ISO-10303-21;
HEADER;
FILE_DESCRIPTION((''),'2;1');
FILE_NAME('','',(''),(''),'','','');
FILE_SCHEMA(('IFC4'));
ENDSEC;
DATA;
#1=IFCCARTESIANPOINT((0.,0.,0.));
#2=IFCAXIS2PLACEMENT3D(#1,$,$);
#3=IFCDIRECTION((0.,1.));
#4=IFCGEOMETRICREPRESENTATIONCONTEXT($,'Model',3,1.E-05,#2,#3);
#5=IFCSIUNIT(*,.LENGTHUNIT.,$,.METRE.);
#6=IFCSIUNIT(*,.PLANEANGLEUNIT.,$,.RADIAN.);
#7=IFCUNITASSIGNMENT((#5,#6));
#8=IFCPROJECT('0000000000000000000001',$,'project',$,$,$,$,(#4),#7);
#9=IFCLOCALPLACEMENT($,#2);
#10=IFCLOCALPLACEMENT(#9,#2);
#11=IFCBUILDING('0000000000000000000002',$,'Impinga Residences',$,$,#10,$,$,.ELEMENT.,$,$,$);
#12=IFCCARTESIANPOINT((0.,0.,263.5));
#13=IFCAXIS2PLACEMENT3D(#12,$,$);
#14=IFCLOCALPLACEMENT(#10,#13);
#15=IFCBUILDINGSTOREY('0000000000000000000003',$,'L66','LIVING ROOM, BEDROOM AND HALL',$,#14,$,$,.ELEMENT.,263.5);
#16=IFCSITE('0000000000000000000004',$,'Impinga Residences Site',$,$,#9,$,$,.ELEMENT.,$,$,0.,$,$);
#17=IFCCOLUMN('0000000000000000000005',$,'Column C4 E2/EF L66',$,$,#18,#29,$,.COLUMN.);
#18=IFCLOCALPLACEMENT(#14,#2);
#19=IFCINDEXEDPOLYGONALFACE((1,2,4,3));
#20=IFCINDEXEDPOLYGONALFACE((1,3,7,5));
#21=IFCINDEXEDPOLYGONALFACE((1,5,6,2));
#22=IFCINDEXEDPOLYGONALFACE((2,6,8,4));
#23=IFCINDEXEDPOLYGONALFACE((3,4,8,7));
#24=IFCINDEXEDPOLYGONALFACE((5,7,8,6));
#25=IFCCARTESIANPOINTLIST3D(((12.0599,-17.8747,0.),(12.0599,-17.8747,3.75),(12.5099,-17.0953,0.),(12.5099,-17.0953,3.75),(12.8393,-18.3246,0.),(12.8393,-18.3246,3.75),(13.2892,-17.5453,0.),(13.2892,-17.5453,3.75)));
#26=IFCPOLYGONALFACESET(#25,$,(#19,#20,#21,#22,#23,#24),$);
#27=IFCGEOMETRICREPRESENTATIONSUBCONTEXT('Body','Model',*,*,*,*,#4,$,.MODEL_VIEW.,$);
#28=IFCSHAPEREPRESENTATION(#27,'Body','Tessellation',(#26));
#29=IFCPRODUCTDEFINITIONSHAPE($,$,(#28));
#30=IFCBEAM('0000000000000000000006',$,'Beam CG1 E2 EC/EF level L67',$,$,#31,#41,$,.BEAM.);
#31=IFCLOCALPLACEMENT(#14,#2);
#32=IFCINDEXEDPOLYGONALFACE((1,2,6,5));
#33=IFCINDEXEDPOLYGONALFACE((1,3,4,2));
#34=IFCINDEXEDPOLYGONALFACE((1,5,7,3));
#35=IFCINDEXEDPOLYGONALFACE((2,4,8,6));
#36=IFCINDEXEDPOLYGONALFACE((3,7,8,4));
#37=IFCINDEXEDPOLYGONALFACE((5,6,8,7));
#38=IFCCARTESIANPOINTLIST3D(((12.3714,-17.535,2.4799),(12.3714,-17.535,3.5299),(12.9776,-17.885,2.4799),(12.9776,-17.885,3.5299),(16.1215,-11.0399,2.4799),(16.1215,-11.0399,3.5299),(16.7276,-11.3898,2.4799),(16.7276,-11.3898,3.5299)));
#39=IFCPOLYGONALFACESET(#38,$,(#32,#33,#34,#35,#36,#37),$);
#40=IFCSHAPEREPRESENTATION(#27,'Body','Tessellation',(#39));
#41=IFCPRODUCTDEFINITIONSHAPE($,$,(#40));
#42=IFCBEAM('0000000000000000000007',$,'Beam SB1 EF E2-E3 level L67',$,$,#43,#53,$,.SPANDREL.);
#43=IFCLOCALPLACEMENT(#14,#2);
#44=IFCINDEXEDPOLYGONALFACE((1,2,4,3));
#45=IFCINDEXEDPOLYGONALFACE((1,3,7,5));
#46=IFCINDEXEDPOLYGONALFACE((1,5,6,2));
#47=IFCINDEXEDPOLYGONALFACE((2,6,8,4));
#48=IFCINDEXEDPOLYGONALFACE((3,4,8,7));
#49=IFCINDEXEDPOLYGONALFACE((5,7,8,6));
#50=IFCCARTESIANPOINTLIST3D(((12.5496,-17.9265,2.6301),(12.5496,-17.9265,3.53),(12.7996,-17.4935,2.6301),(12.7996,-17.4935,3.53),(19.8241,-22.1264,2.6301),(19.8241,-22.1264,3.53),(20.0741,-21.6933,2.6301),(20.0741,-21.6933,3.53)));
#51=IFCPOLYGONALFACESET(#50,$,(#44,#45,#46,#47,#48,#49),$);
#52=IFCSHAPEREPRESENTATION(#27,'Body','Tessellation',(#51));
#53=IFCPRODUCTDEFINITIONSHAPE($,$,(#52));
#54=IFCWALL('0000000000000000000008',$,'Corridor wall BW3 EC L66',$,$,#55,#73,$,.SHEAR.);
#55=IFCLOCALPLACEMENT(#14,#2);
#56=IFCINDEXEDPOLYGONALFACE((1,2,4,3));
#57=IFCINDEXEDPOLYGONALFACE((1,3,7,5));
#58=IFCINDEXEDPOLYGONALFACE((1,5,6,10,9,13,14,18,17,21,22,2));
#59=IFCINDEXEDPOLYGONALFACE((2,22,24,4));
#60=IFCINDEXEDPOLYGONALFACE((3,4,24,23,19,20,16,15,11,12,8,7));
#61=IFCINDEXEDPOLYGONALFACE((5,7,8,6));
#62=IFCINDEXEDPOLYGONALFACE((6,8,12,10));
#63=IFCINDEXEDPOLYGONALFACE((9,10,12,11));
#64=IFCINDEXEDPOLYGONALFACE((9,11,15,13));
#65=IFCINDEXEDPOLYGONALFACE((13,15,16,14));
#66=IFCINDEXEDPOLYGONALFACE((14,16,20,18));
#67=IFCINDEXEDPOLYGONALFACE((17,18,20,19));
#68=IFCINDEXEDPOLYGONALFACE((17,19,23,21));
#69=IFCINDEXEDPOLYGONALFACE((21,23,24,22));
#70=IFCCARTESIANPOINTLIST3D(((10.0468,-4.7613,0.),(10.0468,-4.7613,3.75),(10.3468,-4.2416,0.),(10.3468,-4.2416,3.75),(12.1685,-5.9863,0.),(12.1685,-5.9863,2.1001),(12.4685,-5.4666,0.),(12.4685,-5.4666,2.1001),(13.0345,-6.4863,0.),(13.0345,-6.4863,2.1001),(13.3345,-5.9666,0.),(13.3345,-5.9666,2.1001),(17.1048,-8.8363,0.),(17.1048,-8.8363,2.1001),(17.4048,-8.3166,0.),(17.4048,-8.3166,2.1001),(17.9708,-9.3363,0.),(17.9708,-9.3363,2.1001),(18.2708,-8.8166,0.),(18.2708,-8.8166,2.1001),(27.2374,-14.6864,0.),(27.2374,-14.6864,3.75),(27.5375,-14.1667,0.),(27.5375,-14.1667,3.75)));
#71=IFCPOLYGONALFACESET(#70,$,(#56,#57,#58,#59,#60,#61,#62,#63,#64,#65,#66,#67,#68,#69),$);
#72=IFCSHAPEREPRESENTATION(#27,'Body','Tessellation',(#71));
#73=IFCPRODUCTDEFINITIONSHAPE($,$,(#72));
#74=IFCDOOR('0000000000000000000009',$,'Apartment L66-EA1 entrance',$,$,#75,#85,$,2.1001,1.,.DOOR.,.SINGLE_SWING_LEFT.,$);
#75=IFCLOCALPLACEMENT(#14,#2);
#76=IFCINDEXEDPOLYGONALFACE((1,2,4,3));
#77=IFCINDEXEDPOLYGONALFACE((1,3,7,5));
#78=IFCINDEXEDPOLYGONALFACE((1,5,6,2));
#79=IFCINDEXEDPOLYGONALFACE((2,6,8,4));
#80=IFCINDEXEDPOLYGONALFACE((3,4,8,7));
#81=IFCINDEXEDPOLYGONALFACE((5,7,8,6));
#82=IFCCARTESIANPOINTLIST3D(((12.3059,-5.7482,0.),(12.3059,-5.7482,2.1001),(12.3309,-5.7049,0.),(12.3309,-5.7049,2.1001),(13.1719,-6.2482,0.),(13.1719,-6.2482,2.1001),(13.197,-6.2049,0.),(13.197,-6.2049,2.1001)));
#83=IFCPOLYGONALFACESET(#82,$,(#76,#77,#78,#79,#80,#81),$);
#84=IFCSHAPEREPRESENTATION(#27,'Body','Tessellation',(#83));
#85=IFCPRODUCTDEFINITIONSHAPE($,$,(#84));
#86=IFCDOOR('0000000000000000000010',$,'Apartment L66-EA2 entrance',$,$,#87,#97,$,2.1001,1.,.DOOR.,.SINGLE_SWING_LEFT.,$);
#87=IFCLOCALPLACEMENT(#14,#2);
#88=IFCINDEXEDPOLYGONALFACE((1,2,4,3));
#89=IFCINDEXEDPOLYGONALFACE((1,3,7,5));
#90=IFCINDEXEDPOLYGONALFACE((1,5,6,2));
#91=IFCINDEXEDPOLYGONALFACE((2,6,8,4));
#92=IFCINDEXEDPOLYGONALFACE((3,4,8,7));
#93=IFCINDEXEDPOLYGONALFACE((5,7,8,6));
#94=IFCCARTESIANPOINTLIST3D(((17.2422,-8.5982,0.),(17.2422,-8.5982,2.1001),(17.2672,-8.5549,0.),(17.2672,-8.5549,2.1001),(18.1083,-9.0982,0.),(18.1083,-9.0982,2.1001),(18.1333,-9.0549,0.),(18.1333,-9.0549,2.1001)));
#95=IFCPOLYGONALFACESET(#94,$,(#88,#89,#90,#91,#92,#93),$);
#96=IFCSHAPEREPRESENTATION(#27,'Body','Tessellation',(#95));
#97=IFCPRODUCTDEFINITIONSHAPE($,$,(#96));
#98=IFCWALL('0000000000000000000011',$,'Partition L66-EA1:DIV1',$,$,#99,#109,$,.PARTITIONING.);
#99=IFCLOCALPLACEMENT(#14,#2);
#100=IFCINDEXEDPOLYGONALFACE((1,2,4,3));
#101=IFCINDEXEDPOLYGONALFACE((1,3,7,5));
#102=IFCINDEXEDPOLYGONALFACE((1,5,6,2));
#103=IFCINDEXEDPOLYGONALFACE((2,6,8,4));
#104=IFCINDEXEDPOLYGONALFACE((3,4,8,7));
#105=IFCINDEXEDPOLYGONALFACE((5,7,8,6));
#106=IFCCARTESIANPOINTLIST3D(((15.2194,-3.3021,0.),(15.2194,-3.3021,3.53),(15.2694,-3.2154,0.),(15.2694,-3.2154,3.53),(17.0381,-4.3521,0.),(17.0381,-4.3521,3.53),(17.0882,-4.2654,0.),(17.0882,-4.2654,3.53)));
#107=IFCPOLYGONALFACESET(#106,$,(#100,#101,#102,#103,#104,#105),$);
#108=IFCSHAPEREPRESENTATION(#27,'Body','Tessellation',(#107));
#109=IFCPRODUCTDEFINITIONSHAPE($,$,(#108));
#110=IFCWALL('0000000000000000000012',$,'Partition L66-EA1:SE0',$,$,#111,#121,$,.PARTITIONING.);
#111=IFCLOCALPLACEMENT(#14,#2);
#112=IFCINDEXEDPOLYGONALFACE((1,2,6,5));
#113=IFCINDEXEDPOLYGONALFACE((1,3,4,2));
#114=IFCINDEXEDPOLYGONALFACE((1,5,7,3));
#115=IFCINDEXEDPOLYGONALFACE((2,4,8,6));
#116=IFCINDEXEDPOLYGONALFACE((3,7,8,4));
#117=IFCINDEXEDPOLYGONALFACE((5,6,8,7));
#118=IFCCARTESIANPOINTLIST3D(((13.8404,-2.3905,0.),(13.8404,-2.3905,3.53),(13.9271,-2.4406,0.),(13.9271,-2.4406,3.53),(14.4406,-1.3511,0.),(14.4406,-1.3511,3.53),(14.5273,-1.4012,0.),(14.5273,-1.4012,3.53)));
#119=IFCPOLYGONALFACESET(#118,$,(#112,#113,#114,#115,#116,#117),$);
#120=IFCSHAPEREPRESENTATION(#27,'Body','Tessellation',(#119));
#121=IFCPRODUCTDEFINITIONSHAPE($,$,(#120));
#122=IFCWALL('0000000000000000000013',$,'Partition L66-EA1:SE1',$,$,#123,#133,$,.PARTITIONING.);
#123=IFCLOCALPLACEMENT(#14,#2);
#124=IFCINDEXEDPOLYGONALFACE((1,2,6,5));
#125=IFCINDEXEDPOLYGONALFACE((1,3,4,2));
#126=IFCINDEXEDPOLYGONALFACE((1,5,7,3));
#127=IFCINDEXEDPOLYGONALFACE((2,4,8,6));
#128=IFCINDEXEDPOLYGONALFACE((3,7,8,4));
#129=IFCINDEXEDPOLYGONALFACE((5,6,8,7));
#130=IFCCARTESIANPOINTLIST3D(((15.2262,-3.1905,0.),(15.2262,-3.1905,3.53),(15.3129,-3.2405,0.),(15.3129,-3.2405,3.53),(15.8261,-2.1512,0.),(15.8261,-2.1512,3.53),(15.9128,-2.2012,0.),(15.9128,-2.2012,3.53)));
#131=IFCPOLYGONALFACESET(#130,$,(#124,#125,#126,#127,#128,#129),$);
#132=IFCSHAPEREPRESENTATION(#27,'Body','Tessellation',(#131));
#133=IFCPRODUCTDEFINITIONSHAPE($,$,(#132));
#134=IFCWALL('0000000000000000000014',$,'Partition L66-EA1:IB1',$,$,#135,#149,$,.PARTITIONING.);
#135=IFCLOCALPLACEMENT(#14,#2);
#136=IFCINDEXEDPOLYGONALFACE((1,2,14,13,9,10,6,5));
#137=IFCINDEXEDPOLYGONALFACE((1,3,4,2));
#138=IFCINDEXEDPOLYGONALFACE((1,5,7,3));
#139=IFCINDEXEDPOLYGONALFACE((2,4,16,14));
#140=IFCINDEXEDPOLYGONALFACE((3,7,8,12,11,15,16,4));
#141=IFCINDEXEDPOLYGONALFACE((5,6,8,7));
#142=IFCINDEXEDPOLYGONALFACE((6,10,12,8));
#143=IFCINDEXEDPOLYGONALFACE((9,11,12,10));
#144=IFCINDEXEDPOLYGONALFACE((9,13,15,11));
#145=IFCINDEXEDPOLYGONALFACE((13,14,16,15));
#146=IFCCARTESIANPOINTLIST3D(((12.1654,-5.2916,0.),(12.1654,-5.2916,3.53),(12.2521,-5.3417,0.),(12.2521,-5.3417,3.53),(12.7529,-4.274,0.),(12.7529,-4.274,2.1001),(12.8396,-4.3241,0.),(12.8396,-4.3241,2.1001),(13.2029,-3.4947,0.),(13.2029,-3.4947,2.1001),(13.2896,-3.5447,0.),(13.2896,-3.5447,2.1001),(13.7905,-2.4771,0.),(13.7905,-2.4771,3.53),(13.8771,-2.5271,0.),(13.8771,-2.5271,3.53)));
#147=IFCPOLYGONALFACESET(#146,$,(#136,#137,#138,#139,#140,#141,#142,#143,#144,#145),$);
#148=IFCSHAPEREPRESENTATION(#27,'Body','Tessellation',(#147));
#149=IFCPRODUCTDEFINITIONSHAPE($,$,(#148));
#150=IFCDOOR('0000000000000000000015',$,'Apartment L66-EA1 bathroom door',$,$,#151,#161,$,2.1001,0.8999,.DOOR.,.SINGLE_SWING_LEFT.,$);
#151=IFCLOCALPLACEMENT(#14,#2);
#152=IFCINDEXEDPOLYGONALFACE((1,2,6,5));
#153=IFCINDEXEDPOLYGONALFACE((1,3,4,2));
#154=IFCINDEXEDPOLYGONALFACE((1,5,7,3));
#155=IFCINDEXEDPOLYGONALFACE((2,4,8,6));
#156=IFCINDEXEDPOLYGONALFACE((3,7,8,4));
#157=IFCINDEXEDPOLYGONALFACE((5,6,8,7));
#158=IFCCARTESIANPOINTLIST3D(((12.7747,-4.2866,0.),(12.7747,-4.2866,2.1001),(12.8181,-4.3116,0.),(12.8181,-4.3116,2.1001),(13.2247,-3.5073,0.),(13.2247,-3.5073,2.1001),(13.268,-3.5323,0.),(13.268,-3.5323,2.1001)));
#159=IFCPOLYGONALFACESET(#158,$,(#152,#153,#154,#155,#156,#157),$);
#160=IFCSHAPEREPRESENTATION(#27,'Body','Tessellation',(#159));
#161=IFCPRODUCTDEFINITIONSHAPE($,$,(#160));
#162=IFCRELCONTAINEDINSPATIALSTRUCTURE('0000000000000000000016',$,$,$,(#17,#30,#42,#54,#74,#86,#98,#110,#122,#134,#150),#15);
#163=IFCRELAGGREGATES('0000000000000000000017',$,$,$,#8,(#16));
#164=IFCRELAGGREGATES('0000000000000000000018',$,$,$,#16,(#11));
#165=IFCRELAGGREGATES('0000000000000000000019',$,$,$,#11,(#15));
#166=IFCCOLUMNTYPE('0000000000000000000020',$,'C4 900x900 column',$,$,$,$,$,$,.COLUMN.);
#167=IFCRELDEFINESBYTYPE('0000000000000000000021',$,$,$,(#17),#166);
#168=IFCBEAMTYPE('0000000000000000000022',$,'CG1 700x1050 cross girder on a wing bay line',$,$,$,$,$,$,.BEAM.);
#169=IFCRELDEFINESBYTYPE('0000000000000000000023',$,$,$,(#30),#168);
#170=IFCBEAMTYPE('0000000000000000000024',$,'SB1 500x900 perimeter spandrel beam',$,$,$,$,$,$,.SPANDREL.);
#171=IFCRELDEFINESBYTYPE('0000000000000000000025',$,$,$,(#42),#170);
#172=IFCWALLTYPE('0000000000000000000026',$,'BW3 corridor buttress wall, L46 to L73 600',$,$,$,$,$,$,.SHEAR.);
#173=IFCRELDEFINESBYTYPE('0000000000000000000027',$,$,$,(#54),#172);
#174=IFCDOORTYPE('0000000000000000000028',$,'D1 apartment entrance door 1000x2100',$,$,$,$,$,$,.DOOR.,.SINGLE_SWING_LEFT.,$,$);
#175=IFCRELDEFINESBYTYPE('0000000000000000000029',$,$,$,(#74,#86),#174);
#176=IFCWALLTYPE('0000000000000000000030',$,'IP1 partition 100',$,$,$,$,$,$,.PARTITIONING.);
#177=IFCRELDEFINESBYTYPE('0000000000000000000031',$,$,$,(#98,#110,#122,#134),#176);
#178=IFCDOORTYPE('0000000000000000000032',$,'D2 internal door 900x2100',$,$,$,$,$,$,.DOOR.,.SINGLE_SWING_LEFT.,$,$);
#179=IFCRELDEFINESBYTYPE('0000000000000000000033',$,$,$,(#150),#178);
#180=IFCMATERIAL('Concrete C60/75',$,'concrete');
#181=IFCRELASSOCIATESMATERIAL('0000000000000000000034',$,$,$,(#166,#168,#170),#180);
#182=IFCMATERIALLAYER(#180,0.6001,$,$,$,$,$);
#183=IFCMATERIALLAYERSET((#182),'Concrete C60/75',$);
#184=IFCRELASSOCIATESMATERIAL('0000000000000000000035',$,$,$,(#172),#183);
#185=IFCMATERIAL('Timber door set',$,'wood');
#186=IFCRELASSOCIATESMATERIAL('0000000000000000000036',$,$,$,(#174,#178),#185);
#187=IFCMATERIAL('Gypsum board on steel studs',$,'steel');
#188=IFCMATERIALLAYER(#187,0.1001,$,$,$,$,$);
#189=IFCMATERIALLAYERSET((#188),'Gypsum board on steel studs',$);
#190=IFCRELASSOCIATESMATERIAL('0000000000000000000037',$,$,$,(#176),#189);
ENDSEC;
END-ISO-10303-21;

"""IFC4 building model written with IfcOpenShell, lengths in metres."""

from ifc_helpers import new_model, si_unit, direction, frame, frame_2d, origin, origin_2d, place, context, subcontext, project, spatial, rectangle, extrude, material, layer, layer_set, material_profile, profile_set, type_object, element, fill, save


model = new_model("IFC4")

# Units and contexts
model_context = context("Model", 3, precision=1e-05, world=origin(), true_north=direction((0.0, 1.0)))
body_context = subcontext(model_context, "Body", "Model", "MODEL_VIEW")
ifc_project = project(units=[si_unit("LENGTHUNIT", "METRE"), si_unit("PLANEANGLEUNIT", "RADIAN")], contexts=[model_context])

# Site, building, storey
site_placement = place(None, origin())
site = spatial("IfcSite", under=ifc_project, at=site_placement, Name="Impinga Residences Site", CompositionType="ELEMENT", RefElevation=0.0)
building_placement = place(site_placement, origin())
building = spatial("IfcBuilding", under=site, at=building_placement, Name="Impinga Residences", CompositionType="ELEMENT")
storey_placement = place(building_placement, frame((0.0, 0.0, 263.5)))
storey = spatial("IfcBuildingStorey", under=building, at=storey_placement, Name="L66", Description="LIVING ROOM, BEDROOM AND HALL", CompositionType="ELEMENT", Elevation=263.5)

# Column
ifc_material_1 = material(Name="Concrete C60/75", Category="concrete")
ifc_material_profile_1 = material_profile(ifc_material_1, rectangle(XDim=0.8999, YDim=0.8999, at=origin_2d()), Name="RC 900x900")
ifc_profile_set_1 = profile_set([ifc_material_profile_1], Name="Concrete C60/75")
column_type = type_object("IfcColumnType", Name="C4 900x900 column", PredefinedType="COLUMN", material=ifc_profile_set_1)
column_placement = place(storey_placement, frame((12.6746, -17.71, 0.0), z_axis=(0.0, 0.0, 1.0), x_axis=(-0.5, -0.866025, 0.0)))
element("IfcColumn", 1, at=column_placement, inside=storey, type_object=column_type, Name="Column C4 E2/EF L66", PredefinedType="COLUMN", context=body_context, shape_type="SweptSolid", body=[
    extrude(rectangle(XDim=0.8999, YDim=0.8999, at=origin_2d()), origin(), (0.0, 0.0, 1.0), 3.75),
])

# Beams
ifc_material_profile_2 = material_profile(ifc_material_1, rectangle(XDim=0.7, YDim=1.05, at=origin_2d()), Name="RC 700x1050")
ifc_profile_set_2 = profile_set([ifc_material_profile_2], Name="Concrete C60/75")
beam_type_1 = type_object("IfcBeamType", Name="CG1 700x1050 cross girder on a wing bay line", PredefinedType="BEAM", material=ifc_profile_set_2)
beam_1_placement = place(storey_placement, frame((16.4246, -11.2148, 3.0049), z_axis=(-0.500004, -0.866023, 0.0), x_axis=(0.866023, -0.500004, 0.0)))
element("IfcBeam", 2, at=beam_1_placement, inside=storey, type_object=beam_type_1, Name="Beam CG1 E2 EC/EF level L67", PredefinedType="BEAM", context=body_context, shape_type="SweptSolid", body=[
    extrude(rectangle(XDim=0.7, YDim=1.05, at=origin_2d()), origin(), (0.0, 0.0, 1.0), 7.5),
])
ifc_material_profile_3 = material_profile(ifc_material_1, rectangle(XDim=0.5, YDim=0.8999, at=origin_2d()), Name="RC 500x900")
ifc_profile_set_3 = profile_set([ifc_material_profile_3], Name="Concrete C60/75")
beam_type_2 = type_object("IfcBeamType", Name="SB1 500x900 perimeter spandrel beam", PredefinedType="SPANDREL", material=ifc_profile_set_3)
beam_2_placement = place(storey_placement, frame((12.6746, -17.71, 3.0801), z_axis=(0.866029, -0.499993, 0.0), x_axis=(0.499993, 0.866029, 0.0)))
element("IfcBeam", 3, at=beam_2_placement, inside=storey, type_object=beam_type_2, Name="Beam SB1 EF E2-E3 level L67", PredefinedType="SPANDREL", context=body_context, shape_type="SweptSolid", body=[
    extrude(rectangle(XDim=0.5, YDim=0.8999, at=origin_2d()), origin(), (0.0, 0.0, 1.0), 8.3999),
])

# Wall, openings, doors
ifc_layer_1 = layer(ifc_material_1, 0.6001)
ifc_layer_set_1 = layer_set([ifc_layer_1], Name="Concrete C60/75")
wall_type_1 = type_object("IfcWallType", Name="BW3 corridor buttress wall, L46 to L73 600", PredefinedType="SHEAR", material=ifc_layer_set_1)
wall_1_placement = place(storey_placement, frame((10.1968, -4.5015, 0.0), z_axis=(0.0, 0.0, 1.0), x_axis=(0.866025, -0.5, 0.0)))
wall_1 = element("IfcWall", 4, at=wall_1_placement, inside=storey, type_object=wall_type_1, Name="Corridor wall BW3 EC L66", PredefinedType="SHEAR", context=body_context, shape_type="SweptSolid", body=[
    extrude(rectangle(XDim=19.8501, YDim=0.6001, at=frame_2d((9.925, 0.0))), origin(), (0.0, 0.0, 1.0), 3.75),
])
opening_1_placement = place(wall_1_placement, frame((2.45, 0.0, 0.0)))
opening_1 = element("IfcOpeningElement", 5, at=opening_1_placement, cuts=wall_1, PredefinedType="OPENING", context=body_context, shape_type="SweptSolid", body=[
    extrude(rectangle(XDim=1.0, YDim=2.1001, at=frame_2d((0.5, 1.05))), frame((0.0, 0.3101, 0.0), z_axis=(0.0, -1.0, 0.0), x_axis=(1.0, 0.0, 0.0)), (0.0, 0.0, 1.0), 0.6201),
])
opening_2_placement = place(wall_1_placement, frame((8.1499, 0.0, 0.0)))
opening_2 = element("IfcOpeningElement", 6, at=opening_2_placement, cuts=wall_1, PredefinedType="OPENING", context=body_context, shape_type="SweptSolid", body=[
    extrude(rectangle(XDim=1.0, YDim=2.1001, at=frame_2d((0.5, 1.05))), frame((0.0, 0.3101, 0.0), z_axis=(0.0, -1.0, 0.0), x_axis=(1.0, 0.0, 0.0)), (0.0, 0.0, 1.0), 0.6201),
])
ifc_material_2 = material(Name="Timber door set", Category="wood")
door_type_1 = type_object("IfcDoorType", Name="D1 apartment entrance door 1000x2100", OperationType="SINGLE_SWING_LEFT", PredefinedType="DOOR", material=ifc_material_2)
door_1_placement = place(opening_1_placement, origin())
door_1 = element("IfcDoor", 7, at=door_1_placement, inside=storey, type_object=door_type_1, Name="Apartment L66-EA1 entrance", OperationType="SINGLE_SWING_LEFT", OverallHeight=2.1001, OverallWidth=1.0, PredefinedType="DOOR", context=body_context, shape_type="SweptSolid", body=[
    extrude(rectangle(XDim=1.0, YDim=2.1001, at=frame_2d((0.5, 1.05))), frame((0.0, 0.0249, 0.0), z_axis=(0.0, -1.0, 0.0), x_axis=(1.0, 0.0, 0.0)), (0.0, 0.0, 1.0), 0.05),
])
fill(opening_1, door_1)
door_2_placement = place(opening_2_placement, origin())
door_2 = element("IfcDoor", 8, at=door_2_placement, inside=storey, type_object=door_type_1, Name="Apartment L66-EA2 entrance", OperationType="SINGLE_SWING_LEFT", OverallHeight=2.1001, OverallWidth=1.0, PredefinedType="DOOR", context=body_context, shape_type="SweptSolid", body=[
    extrude(rectangle(XDim=1.0, YDim=2.1001, at=frame_2d((0.5, 1.05))), frame((0.0, 0.0249, 0.0), z_axis=(0.0, -1.0, 0.0), x_axis=(1.0, 0.0, 0.0)), (0.0, 0.0, 1.0), 0.05),
])
fill(opening_2, door_2)

# Walls
ifc_material_3 = material(Name="Gypsum board on steel studs", Category="steel")
ifc_layer_2 = layer(ifc_material_3, 0.1001)
ifc_layer_set_2 = layer_set([ifc_layer_2], Name="Gypsum board on steel studs")
wall_type_2 = type_object("IfcWallType", Name="IP1 partition 100", PredefinedType="PARTITIONING", material=ifc_layer_set_2)
wall_2_placement = place(storey_placement, frame((15.2444, -3.2588, 0.0), z_axis=(0.0, 0.0, 1.0), x_axis=(0.866038, -0.499977, 0.0)))
element("IfcWall", 9, at=wall_2_placement, inside=storey, type_object=wall_type_2, Name="Partition L66-EA1:DIV1", PredefinedType="PARTITIONING", context=body_context, shape_type="SweptSolid", body=[
    extrude(rectangle(XDim=2.1001, YDim=0.1001, at=frame_2d((1.05, 0.0))), origin(), (0.0, 0.0, 1.0), 3.53),
])
wall_3_placement = place(storey_placement, frame((13.8838, -2.4155, 0.0), z_axis=(0.0, 0.0, 1.0), x_axis=(0.500034, 0.866006, 0.0)))
element("IfcWall", 10, at=wall_3_placement, inside=storey, type_object=wall_type_2, Name="Partition L66-EA1:SE0", PredefinedType="PARTITIONING", context=body_context, shape_type="SweptSolid", body=[
    extrude(rectangle(XDim=1.2002, YDim=0.1001, at=frame_2d((0.6001, 0.0))), origin(), (0.0, 0.0, 1.0), 3.53),
])
wall_4_placement = place(storey_placement, frame((15.2695, -3.2156, 0.0), z_axis=(0.0, 0.0, 1.0), x_axis=(0.499881, 0.866094, 0.0)))
element("IfcWall", 11, at=wall_4_placement, inside=storey, type_object=wall_type_2, Name="Partition L66-EA1:SE1", PredefinedType="PARTITIONING", context=body_context, shape_type="SweptSolid", body=[
    extrude(rectangle(XDim=1.2, YDim=0.1001, at=frame_2d((0.6001, 0.0))), origin(), (0.0, 0.0, 1.0), 3.53),
])

# Wall, opening, door
wall_5_placement = place(storey_placement, frame((12.2087, -5.3167, 0.0), z_axis=(0.0, 0.0, 1.0), x_axis=(0.500017, 0.866015, 0.0)))
wall_5 = element("IfcWall", 12, at=wall_5_placement, inside=storey, type_object=wall_type_2, Name="Partition L66-EA1:IB1", PredefinedType="PARTITIONING", context=body_context, shape_type="SweptSolid", body=[
    extrude(rectangle(XDim=3.25, YDim=0.1001, at=frame_2d((1.625, 0.0))), origin(), (0.0, 0.0, 1.0), 3.53),
])
opening_3_placement = place(wall_5_placement, frame((1.175, 0.0, 0.0)))
opening_3 = element("IfcOpeningElement", 13, at=opening_3_placement, cuts=wall_5, PredefinedType="OPENING", context=body_context, shape_type="SweptSolid", body=[
    extrude(rectangle(XDim=0.8999, YDim=2.1001, at=frame_2d((0.45, 1.05))), frame((0.0, 0.0601, 0.0), z_axis=(0.0, -1.0, 0.0), x_axis=(1.0, 0.0, 0.0)), (0.0, 0.0, 1.0), 0.1201),
])
door_type_2 = type_object("IfcDoorType", Name="D2 internal door 900x2100", OperationType="SINGLE_SWING_LEFT", PredefinedType="DOOR", material=ifc_material_2)
door_3_placement = place(opening_3_placement, origin())
door_3 = element("IfcDoor", 14, at=door_3_placement, inside=storey, type_object=door_type_2, Name="Apartment L66-EA1 bathroom door", OperationType="SINGLE_SWING_LEFT", OverallHeight=2.1001, OverallWidth=0.8999, PredefinedType="DOOR", context=body_context, shape_type="SweptSolid", body=[
    extrude(rectangle(XDim=0.8999, YDim=2.1001, at=frame_2d((0.45, 1.05))), frame((0.0, 0.0249, 0.0), z_axis=(0.0, -1.0, 0.0), x_axis=(1.0, 0.0, 0.0)), (0.0, 0.0, 1.0), 0.05),
])
fill(opening_3, door_3)

save(model, "model.ifc")
